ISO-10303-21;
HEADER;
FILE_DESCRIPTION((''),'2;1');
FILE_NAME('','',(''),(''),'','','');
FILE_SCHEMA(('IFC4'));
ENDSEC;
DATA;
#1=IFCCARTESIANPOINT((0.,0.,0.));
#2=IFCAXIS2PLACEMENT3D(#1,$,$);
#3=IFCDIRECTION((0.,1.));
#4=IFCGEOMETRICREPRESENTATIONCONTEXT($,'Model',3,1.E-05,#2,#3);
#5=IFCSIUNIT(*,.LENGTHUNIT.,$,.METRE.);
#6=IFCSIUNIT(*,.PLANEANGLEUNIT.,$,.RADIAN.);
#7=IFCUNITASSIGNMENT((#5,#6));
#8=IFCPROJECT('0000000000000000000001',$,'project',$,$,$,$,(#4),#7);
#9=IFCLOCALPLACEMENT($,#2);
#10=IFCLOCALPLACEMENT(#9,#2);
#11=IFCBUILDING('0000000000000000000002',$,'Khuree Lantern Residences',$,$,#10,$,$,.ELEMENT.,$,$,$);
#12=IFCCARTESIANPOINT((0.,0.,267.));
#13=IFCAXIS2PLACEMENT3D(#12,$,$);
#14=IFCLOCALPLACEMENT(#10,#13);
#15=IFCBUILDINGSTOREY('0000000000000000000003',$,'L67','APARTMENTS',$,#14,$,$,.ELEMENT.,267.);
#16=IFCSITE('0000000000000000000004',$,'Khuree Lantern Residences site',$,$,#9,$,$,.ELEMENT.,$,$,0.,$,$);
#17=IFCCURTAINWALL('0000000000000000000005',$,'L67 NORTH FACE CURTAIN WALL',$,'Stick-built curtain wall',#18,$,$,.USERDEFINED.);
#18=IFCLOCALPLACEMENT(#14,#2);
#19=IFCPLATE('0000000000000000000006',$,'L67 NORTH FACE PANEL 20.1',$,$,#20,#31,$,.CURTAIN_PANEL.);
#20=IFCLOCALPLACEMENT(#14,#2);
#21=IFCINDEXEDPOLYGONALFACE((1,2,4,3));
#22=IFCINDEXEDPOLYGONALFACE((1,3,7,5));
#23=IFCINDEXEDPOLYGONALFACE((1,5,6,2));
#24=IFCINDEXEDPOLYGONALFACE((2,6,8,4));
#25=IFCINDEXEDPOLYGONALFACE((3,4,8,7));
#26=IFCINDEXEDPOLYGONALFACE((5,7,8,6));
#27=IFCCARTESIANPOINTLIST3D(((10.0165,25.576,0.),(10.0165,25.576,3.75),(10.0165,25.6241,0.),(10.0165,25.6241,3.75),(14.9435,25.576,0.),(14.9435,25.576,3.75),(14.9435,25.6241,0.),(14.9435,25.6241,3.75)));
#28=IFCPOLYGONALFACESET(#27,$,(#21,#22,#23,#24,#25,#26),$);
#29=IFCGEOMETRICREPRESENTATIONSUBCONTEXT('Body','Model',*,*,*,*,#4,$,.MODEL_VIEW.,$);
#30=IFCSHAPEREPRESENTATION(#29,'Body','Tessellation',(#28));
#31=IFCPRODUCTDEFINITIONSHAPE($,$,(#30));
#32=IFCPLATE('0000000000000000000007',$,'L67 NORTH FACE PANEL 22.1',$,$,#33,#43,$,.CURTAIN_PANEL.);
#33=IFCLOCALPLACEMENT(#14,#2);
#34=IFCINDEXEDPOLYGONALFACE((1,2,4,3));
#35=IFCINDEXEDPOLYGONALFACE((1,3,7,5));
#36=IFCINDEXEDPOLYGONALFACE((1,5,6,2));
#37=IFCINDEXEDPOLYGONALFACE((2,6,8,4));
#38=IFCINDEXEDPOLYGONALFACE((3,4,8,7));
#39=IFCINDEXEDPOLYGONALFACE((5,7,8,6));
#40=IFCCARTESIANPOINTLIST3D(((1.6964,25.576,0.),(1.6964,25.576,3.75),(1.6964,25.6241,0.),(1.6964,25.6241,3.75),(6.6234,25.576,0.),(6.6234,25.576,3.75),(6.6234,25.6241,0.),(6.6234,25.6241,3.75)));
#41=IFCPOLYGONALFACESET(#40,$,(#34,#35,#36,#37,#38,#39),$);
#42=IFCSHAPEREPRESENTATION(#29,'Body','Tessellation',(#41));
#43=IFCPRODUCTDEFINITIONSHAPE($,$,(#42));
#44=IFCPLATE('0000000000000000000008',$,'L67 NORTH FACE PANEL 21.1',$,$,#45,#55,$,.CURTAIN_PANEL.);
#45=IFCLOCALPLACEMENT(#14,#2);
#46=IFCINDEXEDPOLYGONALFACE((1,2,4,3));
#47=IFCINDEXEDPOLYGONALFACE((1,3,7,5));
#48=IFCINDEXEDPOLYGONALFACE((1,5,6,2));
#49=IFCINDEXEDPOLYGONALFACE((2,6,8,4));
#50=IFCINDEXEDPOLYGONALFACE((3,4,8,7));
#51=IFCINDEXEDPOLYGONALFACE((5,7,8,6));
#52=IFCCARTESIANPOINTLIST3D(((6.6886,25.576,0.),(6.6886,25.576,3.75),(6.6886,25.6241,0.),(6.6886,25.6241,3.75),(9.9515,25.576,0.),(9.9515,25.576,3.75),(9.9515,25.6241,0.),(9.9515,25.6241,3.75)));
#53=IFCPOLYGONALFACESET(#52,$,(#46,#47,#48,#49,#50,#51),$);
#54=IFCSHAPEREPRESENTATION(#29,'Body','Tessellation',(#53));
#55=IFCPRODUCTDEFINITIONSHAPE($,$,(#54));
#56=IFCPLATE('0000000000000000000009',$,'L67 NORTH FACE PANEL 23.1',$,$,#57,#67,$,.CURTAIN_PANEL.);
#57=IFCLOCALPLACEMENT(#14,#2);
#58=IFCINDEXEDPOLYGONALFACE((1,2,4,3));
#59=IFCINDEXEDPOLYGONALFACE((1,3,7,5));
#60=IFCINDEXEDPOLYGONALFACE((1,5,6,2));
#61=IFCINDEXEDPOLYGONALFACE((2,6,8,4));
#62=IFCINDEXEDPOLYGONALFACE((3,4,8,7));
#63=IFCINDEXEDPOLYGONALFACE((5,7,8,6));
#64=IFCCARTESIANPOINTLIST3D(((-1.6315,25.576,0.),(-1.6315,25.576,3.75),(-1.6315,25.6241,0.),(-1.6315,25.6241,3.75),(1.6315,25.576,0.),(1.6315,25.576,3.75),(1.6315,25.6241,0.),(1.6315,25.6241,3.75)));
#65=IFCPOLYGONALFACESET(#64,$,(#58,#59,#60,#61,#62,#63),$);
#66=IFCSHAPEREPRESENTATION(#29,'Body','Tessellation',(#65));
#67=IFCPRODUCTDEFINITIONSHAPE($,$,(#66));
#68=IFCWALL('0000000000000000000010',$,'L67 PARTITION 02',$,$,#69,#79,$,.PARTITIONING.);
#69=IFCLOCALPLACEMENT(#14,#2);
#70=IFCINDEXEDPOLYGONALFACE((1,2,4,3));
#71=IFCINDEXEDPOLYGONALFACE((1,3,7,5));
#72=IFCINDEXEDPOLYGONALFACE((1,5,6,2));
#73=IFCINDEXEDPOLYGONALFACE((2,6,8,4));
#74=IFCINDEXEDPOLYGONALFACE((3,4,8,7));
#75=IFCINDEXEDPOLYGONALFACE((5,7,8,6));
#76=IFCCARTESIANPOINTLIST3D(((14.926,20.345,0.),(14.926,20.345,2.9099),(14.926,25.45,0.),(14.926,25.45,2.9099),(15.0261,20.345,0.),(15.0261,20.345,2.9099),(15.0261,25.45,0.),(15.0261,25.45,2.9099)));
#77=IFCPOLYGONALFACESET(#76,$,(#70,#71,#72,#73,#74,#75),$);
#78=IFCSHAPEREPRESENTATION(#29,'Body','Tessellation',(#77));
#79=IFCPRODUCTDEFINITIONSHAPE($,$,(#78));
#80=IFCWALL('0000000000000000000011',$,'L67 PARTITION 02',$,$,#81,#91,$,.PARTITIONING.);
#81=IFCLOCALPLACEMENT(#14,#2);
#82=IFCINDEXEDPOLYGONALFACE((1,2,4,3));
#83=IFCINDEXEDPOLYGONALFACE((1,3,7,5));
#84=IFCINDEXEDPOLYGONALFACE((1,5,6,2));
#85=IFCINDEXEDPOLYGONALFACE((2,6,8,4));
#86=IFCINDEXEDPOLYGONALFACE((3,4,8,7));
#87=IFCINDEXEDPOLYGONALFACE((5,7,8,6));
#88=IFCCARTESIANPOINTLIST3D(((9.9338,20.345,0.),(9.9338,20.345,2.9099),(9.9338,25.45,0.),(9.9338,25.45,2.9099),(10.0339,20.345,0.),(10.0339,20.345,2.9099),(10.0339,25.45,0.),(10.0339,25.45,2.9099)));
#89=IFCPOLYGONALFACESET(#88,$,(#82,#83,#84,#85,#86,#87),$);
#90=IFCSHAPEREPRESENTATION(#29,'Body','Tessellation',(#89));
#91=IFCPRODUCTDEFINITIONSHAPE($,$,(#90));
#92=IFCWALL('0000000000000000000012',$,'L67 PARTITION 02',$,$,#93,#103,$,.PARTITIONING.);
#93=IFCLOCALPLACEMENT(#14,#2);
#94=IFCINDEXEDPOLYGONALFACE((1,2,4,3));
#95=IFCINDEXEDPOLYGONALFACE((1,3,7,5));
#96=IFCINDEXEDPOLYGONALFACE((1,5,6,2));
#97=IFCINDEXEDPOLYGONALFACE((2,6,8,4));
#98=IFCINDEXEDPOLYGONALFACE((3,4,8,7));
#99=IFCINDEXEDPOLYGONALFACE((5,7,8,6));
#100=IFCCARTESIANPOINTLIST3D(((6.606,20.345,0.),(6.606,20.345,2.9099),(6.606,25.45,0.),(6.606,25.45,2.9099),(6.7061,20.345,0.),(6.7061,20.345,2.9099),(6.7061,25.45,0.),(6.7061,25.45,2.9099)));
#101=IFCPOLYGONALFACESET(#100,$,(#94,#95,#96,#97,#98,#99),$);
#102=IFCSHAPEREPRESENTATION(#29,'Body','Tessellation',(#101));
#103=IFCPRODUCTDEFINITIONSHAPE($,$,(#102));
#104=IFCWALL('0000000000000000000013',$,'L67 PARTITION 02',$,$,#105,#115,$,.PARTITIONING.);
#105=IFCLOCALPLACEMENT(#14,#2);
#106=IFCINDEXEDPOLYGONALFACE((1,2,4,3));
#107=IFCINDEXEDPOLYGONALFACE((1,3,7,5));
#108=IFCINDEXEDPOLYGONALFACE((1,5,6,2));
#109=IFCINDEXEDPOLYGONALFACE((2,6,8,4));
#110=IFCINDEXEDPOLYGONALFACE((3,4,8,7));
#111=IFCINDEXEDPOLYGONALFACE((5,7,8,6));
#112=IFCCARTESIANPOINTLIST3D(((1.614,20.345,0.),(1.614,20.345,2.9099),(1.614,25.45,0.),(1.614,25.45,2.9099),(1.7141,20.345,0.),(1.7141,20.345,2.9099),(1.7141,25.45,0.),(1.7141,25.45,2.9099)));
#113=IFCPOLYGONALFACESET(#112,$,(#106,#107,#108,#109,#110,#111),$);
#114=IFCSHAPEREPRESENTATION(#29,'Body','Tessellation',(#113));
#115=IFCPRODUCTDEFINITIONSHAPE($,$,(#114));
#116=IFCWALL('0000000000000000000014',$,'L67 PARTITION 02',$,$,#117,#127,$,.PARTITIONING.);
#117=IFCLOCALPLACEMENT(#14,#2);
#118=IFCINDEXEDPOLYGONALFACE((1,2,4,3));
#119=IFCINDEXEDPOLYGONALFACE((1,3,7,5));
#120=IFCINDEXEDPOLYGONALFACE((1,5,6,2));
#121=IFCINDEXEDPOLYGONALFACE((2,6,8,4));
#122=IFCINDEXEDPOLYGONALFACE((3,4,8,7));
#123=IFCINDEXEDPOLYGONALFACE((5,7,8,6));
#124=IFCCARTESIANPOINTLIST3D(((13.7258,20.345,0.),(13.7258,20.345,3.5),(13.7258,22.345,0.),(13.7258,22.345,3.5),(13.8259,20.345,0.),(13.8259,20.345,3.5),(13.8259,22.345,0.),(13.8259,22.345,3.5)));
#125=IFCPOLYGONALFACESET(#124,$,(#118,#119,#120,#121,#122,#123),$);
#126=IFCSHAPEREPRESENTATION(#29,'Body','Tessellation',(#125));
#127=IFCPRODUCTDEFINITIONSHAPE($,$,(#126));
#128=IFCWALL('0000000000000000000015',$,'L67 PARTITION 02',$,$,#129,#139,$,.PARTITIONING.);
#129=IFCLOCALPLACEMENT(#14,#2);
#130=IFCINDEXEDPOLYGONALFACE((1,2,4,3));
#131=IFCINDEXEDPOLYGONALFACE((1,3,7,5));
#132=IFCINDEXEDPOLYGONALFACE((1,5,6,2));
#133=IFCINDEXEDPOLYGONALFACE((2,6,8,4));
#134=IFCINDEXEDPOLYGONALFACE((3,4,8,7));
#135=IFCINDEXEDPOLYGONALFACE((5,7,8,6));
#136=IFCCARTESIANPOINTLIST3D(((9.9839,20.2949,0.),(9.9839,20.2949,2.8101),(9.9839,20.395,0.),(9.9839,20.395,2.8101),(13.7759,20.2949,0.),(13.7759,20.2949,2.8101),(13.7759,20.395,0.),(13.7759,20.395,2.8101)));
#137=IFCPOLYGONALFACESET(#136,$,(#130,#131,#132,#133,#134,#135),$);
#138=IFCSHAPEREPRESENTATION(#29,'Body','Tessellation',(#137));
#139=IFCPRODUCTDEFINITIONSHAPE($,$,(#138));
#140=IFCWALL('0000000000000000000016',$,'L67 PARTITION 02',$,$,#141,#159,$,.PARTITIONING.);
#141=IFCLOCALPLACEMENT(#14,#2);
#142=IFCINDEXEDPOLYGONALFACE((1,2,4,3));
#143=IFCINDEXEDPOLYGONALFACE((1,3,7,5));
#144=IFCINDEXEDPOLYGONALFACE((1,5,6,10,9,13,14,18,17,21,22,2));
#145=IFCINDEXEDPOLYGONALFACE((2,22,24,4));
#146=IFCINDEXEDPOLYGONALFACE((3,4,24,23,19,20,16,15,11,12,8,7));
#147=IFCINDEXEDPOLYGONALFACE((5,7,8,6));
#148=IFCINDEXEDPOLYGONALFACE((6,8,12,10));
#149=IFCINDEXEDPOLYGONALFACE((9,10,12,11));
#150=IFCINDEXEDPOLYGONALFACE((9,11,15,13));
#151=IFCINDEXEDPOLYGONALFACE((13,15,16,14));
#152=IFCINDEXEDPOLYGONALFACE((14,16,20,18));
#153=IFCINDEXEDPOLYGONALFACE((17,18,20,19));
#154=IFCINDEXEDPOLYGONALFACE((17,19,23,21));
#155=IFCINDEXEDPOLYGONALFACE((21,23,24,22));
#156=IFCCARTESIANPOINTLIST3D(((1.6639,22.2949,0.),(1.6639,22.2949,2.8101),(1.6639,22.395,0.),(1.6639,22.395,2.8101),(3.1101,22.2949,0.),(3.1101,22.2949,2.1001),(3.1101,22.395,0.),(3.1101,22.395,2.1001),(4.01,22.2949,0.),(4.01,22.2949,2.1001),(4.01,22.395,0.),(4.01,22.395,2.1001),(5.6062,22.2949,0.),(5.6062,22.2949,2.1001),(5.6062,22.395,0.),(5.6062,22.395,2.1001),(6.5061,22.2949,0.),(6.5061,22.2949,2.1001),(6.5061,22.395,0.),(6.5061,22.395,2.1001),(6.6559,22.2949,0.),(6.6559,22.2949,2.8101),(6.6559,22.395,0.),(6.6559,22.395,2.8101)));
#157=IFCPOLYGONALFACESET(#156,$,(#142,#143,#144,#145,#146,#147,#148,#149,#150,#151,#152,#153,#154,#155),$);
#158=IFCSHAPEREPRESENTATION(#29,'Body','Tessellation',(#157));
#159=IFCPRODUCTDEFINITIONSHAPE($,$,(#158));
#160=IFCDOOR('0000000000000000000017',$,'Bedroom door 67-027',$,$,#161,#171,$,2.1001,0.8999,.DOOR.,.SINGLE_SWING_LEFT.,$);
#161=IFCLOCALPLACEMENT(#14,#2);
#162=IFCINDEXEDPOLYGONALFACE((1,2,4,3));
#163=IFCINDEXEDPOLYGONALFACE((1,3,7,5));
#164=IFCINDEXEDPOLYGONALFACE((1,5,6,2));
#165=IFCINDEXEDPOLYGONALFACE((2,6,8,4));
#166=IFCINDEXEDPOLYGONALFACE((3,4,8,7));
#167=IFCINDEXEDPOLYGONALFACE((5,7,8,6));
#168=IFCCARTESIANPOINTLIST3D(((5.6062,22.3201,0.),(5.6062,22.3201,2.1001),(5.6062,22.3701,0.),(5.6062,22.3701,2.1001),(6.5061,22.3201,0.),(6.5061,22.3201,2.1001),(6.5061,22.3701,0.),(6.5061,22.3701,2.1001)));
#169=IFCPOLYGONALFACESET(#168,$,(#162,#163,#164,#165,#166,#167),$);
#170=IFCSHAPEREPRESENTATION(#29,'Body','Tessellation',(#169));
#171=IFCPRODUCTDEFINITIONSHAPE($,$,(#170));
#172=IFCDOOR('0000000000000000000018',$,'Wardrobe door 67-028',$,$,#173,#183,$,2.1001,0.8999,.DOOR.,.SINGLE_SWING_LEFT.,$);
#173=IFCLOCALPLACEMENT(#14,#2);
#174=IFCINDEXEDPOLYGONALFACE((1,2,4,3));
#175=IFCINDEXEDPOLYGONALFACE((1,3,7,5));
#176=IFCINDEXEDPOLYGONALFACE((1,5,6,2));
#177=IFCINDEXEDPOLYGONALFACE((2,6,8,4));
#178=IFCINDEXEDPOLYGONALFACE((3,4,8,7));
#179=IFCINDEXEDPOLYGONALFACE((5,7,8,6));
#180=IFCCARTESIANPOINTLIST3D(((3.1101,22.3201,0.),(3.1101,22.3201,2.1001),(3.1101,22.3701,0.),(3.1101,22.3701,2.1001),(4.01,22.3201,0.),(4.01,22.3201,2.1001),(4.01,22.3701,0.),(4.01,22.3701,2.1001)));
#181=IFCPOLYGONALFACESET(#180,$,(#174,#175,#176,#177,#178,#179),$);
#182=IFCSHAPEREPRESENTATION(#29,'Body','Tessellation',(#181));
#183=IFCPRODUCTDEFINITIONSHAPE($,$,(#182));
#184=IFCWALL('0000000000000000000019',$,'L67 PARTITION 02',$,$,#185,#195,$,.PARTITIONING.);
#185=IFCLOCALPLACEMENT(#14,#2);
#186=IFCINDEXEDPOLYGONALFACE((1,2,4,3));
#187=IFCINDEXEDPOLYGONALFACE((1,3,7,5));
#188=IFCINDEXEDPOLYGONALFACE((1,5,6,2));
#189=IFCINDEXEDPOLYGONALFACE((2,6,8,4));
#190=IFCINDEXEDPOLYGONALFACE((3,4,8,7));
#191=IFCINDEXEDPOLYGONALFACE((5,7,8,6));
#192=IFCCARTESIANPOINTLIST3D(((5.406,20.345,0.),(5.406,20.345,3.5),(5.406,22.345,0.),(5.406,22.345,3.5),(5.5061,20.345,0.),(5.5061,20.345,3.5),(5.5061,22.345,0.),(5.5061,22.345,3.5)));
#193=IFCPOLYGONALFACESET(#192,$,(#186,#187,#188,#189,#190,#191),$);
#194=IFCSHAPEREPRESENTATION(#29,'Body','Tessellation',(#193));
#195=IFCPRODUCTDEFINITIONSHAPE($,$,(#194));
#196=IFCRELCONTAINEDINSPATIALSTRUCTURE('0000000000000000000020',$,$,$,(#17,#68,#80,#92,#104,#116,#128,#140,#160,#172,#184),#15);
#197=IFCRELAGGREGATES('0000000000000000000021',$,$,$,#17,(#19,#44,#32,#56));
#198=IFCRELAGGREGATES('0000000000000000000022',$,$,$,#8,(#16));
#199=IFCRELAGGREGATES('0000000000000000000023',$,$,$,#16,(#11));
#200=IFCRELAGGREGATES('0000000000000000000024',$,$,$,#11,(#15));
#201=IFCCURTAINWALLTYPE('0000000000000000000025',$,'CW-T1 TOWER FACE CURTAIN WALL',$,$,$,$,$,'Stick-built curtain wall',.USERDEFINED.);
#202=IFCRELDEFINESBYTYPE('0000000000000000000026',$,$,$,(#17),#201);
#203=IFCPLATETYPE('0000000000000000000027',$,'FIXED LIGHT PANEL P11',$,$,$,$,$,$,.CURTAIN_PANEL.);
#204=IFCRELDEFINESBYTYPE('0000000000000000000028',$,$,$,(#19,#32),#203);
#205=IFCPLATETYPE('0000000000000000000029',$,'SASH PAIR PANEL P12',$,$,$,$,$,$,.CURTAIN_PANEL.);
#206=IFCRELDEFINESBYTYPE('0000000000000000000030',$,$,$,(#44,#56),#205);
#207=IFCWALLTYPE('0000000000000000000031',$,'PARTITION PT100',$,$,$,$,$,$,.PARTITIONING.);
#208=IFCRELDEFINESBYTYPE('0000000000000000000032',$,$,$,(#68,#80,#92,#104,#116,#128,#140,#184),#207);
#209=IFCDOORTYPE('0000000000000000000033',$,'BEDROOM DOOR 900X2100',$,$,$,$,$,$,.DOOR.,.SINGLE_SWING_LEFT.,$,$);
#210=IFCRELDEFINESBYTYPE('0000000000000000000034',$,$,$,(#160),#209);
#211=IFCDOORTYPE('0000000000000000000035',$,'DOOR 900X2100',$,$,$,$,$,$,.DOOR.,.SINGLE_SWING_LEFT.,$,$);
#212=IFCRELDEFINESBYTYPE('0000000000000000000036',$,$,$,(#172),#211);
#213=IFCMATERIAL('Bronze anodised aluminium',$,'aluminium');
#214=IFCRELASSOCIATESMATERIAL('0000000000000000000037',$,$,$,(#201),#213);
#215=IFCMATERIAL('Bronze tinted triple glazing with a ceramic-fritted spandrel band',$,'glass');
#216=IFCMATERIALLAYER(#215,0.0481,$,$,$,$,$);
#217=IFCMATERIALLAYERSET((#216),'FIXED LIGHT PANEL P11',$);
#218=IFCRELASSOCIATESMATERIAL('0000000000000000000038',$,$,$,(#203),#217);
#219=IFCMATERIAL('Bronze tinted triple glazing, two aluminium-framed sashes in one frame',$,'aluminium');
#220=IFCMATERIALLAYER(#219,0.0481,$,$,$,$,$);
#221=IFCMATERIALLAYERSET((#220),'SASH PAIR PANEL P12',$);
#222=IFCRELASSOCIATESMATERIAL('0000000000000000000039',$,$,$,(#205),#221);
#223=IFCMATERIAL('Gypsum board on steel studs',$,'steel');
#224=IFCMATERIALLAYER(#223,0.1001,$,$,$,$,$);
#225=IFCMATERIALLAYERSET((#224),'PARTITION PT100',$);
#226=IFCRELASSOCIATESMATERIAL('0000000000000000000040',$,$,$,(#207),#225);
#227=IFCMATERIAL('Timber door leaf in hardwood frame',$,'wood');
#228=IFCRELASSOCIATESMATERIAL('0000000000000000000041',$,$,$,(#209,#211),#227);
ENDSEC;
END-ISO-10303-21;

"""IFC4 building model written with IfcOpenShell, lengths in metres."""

from ifc_helpers import new_model, si_unit, direction, frame, frame_2d, origin, origin_2d, place, context, subcontext, project, spatial, rectangle, extrude, material, layer, layer_set, type_object, element, fill, aggregate, save


model = new_model("IFC4")

# Units and contexts
model_context = context("Model", 3, precision=1e-05, world=origin(), true_north=direction((0.0, 1.0)))
body_context = subcontext(model_context, "Body", "Model", "MODEL_VIEW")
ifc_project = project(units=[si_unit("LENGTHUNIT", "METRE"), si_unit("PLANEANGLEUNIT", "RADIAN")], contexts=[model_context])

# Site, building, storey
site_placement = place(None, origin())
site = spatial("IfcSite", under=ifc_project, at=site_placement, Name="Khuree Lantern Residences site", CompositionType="ELEMENT", RefElevation=0.0)
building_placement = place(site_placement, origin())
building = spatial("IfcBuilding", under=site, at=building_placement, Name="Khuree Lantern Residences", CompositionType="ELEMENT")
storey_placement = place(building_placement, frame((0.0, 0.0, 267.0)))
storey = spatial("IfcBuildingStorey", under=building, at=storey_placement, Name="L67", Description="APARTMENTS", CompositionType="ELEMENT", Elevation=267.0)

# Curtain wall
ifc_material_1 = material(Name="Bronze anodised aluminium", Category="aluminium")
curtain_wall_type = type_object("IfcCurtainWallType", Name="CW-T1 TOWER FACE CURTAIN WALL", ElementType="Stick-built curtain wall", PredefinedType="USERDEFINED", material=ifc_material_1)
curtain_wall_placement = place(storey_placement, origin())
curtain_wall = element("IfcCurtainWall", 1, at=curtain_wall_placement, inside=storey, type_object=curtain_wall_type, Name="L67 NORTH FACE CURTAIN WALL", ObjectType="Stick-built curtain wall", PredefinedType="USERDEFINED")

# Plates
ifc_material_2 = material(Name="Bronze tinted triple glazing with a ceramic-fritted spandrel band", Category="glass")
ifc_layer_1 = layer(ifc_material_2, 0.0481)
ifc_layer_set_1 = layer_set([ifc_layer_1], Name="FIXED LIGHT PANEL P11")
plate_type_1 = type_object("IfcPlateType", Name="FIXED LIGHT PANEL P11", PredefinedType="CURTAIN_PANEL", material=ifc_layer_set_1)
plate_1_placement = place(storey_placement, frame((12.48, 25.6001, 0.0), z_axis=(0.0, 0.0, 1.0), x_axis=(-1.0, 0.0, 0.0)))
plate_1 = element("IfcPlate", 2, at=plate_1_placement, type_object=plate_type_1, Name="L67 NORTH FACE PANEL 20.1", PredefinedType="CURTAIN_PANEL", context=body_context, shape_type="SweptSolid", body=[
    extrude(rectangle(XDim=4.927, YDim=0.0481, at=origin_2d()), origin(), (0.0, 0.0, 1.0), 3.75),
])
plate_2_placement = place(storey_placement, frame((4.1599, 25.6001, 0.0), z_axis=(0.0, 0.0, 1.0), x_axis=(-1.0, 0.0, 0.0)))
plate_2 = element("IfcPlate", 3, at=plate_2_placement, type_object=plate_type_1, Name="L67 NORTH FACE PANEL 22.1", PredefinedType="CURTAIN_PANEL", context=body_context, shape_type="SweptSolid", body=[
    extrude(rectangle(XDim=4.927, YDim=0.0481, at=origin_2d()), origin(), (0.0, 0.0, 1.0), 3.75),
])
ifc_material_3 = material(Name="Bronze tinted triple glazing, two aluminium-framed sashes in one frame", Category="aluminium")
ifc_layer_2 = layer(ifc_material_3, 0.0481)
ifc_layer_set_2 = layer_set([ifc_layer_2], Name="SASH PAIR PANEL P12")
plate_type_2 = type_object("IfcPlateType", Name="SASH PAIR PANEL P12", PredefinedType="CURTAIN_PANEL", material=ifc_layer_set_2)
plate_3_placement = place(storey_placement, frame((8.3201, 25.6001, 0.0), z_axis=(0.0, 0.0, 1.0), x_axis=(-1.0, 0.0, 0.0)))
plate_3 = element("IfcPlate", 4, at=plate_3_placement, type_object=plate_type_2, Name="L67 NORTH FACE PANEL 21.1", PredefinedType="CURTAIN_PANEL", context=body_context, shape_type="SweptSolid", body=[
    extrude(rectangle(XDim=3.2629, YDim=0.0481, at=origin_2d()), origin(), (0.0, 0.0, 1.0), 3.75),
])
plate_4_placement = place(storey_placement, frame((0.0, 25.6001, 0.0), z_axis=(0.0, 0.0, 1.0), x_axis=(-1.0, 0.0, 0.0)))
plate_4 = element("IfcPlate", 5, at=plate_4_placement, type_object=plate_type_2, Name="L67 NORTH FACE PANEL 23.1", PredefinedType="CURTAIN_PANEL", context=body_context, shape_type="SweptSolid", body=[
    extrude(rectangle(XDim=3.2629, YDim=0.0481, at=origin_2d()), origin(), (0.0, 0.0, 1.0), 3.75),
])
aggregate(curtain_wall, [plate_1, plate_3, plate_2, plate_4])

# Walls
ifc_material_4 = material(Name="Gypsum board on steel studs", Category="steel")
ifc_layer_3 = layer(ifc_material_4, 0.1001)
ifc_layer_set_3 = layer_set([ifc_layer_3], Name="PARTITION PT100")
wall_type = type_object("IfcWallType", Name="PARTITION PT100", PredefinedType="PARTITIONING", material=ifc_layer_set_3)
for number, where, z_axis, x_axis, name in (
    (6, (14.9761, 20.345, 0.0), (0.0, 0.0, 1.0), (0.0, 1.0, 0.0), "L67 PARTITION 02"),
    (7, (9.9839, 20.345, 0.0), (0.0, 0.0, 1.0), (0.0, 1.0, 0.0), "L67 PARTITION 02"),
    (8, (6.656, 20.345, 0.0), (0.0, 0.0, 1.0), (0.0, 1.0, 0.0), "L67 PARTITION 02"),
    (9, (1.6641, 20.345, 0.0), (0.0, 0.0, 1.0), (0.0, 1.0, 0.0), "L67 PARTITION 02"),
):
    element("IfcWall", number, at=place(storey_placement, frame(where, z_axis=z_axis, x_axis=x_axis)), inside=storey, type_object=wall_type, Name=name, PredefinedType="PARTITIONING", context=body_context, shape_type="SweptSolid", body=[
        extrude(rectangle(XDim=5.105, YDim=0.1001, at=frame_2d((2.5525, 0.0))), origin(), (0.0, 0.0, 1.0), 2.9099),
    ])
wall_1_placement = place(storey_placement, frame((13.7759, 20.345, 0.0), z_axis=(0.0, 0.0, 1.0), x_axis=(0.0, 1.0, 0.0)))
element("IfcWall", 10, at=wall_1_placement, inside=storey, type_object=wall_type, Name="L67 PARTITION 02", PredefinedType="PARTITIONING", context=body_context, shape_type="SweptSolid", body=[
    extrude(rectangle(XDim=2.0, YDim=0.1001, at=frame_2d((1.0, 0.0))), origin(), (0.0, 0.0, 1.0), 3.5),
])
wall_2_placement = place(storey_placement, frame((13.7759, 20.345, 0.0), z_axis=(0.0, 0.0, 1.0), x_axis=(-1.0, 0.0, 0.0)))
element("IfcWall", 11, at=wall_2_placement, inside=storey, type_object=wall_type, Name="L67 PARTITION 02", PredefinedType="PARTITIONING", context=body_context, shape_type="SweptSolid", body=[
    extrude(rectangle(XDim=3.792, YDim=0.1001, at=frame_2d((1.896, 0.0))), origin(), (0.0, 0.0, 1.0), 2.8101),
])

# Wall, openings, doors
wall_3_placement = place(storey_placement, frame((6.656, 22.345, 0.0), z_axis=(0.0, 0.0, 1.0), x_axis=(-1.0, 0.0, 0.0)))
wall_3 = element("IfcWall", 12, at=wall_3_placement, inside=storey, type_object=wall_type, Name="L67 PARTITION 02", PredefinedType="PARTITIONING", context=body_context, shape_type="SweptSolid", body=[
    extrude(rectangle(XDim=4.9919, YDim=0.1001, at=frame_2d((2.4961, 0.0))), origin(), (0.0, 0.0, 1.0), 2.8101),
])
opening_1_placement = place(wall_3_placement, frame((0.1499, 0.0, 0.0)))
opening_1 = element("IfcOpeningElement", 13, at=opening_1_placement, cuts=wall_3, PredefinedType="OPENING", context=body_context, shape_type="SweptSolid", body=[
    extrude(rectangle(XDim=0.8999, YDim=2.1001, at=frame_2d((0.45, 1.05))), frame((0.0, 0.0601, 0.0), z_axis=(0.0, -1.0, 0.0), x_axis=(1.0, 0.0, 0.0)), (0.0, 0.0, 1.0), 0.1201),
])
opening_2_placement = place(wall_3_placement, frame((2.646, 0.0, 0.0)))
opening_2 = element("IfcOpeningElement", 14, at=opening_2_placement, cuts=wall_3, PredefinedType="OPENING", context=body_context, shape_type="SweptSolid", body=[
    extrude(rectangle(XDim=0.8999, YDim=2.1001, at=frame_2d((0.45, 1.05))), frame((0.0, 0.0601, 0.0), z_axis=(0.0, -1.0, 0.0), x_axis=(1.0, 0.0, 0.0)), (0.0, 0.0, 1.0), 0.1201),
])
ifc_material_5 = material(Name="Timber door leaf in hardwood frame", Category="wood")
door_type_1 = type_object("IfcDoorType", Name="BEDROOM DOOR 900X2100", OperationType="SINGLE_SWING_LEFT", PredefinedType="DOOR", material=ifc_material_5)
door_1_placement = place(opening_1_placement, origin())
door_1 = element("IfcDoor", 15, at=door_1_placement, inside=storey, type_object=door_type_1, Name="Bedroom door 67-027", OperationType="SINGLE_SWING_LEFT", OverallHeight=2.1001, OverallWidth=0.8999, PredefinedType="DOOR", context=body_context, shape_type="SweptSolid", body=[
    extrude(rectangle(XDim=0.8999, YDim=2.1001, at=frame_2d((0.45, 1.05))), frame((0.0, 0.0249, 0.0), z_axis=(0.0, -1.0, 0.0), x_axis=(1.0, 0.0, 0.0)), (0.0, 0.0, 1.0), 0.05),
])
fill(opening_1, door_1)
door_type_2 = type_object("IfcDoorType", Name="DOOR 900X2100", OperationType="SINGLE_SWING_LEFT", PredefinedType="DOOR", material=ifc_material_5)
door_2_placement = place(opening_2_placement, origin())
door_2 = element("IfcDoor", 16, at=door_2_placement, inside=storey, type_object=door_type_2, Name="Wardrobe door 67-028", OperationType="SINGLE_SWING_LEFT", OverallHeight=2.1001, OverallWidth=0.8999, PredefinedType="DOOR", context=body_context, shape_type="SweptSolid", body=[
    extrude(rectangle(XDim=0.8999, YDim=2.1001, at=frame_2d((0.45, 1.05))), frame((0.0, 0.0249, 0.0), z_axis=(0.0, -1.0, 0.0), x_axis=(1.0, 0.0, 0.0)), (0.0, 0.0, 1.0), 0.05),
])
fill(opening_2, door_2)

# Wall
wall_4_placement = place(storey_placement, frame((5.4561, 20.345, 0.0), z_axis=(0.0, 0.0, 1.0), x_axis=(0.0, 1.0, 0.0)))
element("IfcWall", 17, at=wall_4_placement, inside=storey, type_object=wall_type, Name="L67 PARTITION 02", PredefinedType="PARTITIONING", context=body_context, shape_type="SweptSolid", body=[
    extrude(rectangle(XDim=2.0, YDim=0.1001, at=frame_2d((1.0, 0.0))), origin(), (0.0, 0.0, 1.0), 3.5),
])

save(model, "model.ifc")
